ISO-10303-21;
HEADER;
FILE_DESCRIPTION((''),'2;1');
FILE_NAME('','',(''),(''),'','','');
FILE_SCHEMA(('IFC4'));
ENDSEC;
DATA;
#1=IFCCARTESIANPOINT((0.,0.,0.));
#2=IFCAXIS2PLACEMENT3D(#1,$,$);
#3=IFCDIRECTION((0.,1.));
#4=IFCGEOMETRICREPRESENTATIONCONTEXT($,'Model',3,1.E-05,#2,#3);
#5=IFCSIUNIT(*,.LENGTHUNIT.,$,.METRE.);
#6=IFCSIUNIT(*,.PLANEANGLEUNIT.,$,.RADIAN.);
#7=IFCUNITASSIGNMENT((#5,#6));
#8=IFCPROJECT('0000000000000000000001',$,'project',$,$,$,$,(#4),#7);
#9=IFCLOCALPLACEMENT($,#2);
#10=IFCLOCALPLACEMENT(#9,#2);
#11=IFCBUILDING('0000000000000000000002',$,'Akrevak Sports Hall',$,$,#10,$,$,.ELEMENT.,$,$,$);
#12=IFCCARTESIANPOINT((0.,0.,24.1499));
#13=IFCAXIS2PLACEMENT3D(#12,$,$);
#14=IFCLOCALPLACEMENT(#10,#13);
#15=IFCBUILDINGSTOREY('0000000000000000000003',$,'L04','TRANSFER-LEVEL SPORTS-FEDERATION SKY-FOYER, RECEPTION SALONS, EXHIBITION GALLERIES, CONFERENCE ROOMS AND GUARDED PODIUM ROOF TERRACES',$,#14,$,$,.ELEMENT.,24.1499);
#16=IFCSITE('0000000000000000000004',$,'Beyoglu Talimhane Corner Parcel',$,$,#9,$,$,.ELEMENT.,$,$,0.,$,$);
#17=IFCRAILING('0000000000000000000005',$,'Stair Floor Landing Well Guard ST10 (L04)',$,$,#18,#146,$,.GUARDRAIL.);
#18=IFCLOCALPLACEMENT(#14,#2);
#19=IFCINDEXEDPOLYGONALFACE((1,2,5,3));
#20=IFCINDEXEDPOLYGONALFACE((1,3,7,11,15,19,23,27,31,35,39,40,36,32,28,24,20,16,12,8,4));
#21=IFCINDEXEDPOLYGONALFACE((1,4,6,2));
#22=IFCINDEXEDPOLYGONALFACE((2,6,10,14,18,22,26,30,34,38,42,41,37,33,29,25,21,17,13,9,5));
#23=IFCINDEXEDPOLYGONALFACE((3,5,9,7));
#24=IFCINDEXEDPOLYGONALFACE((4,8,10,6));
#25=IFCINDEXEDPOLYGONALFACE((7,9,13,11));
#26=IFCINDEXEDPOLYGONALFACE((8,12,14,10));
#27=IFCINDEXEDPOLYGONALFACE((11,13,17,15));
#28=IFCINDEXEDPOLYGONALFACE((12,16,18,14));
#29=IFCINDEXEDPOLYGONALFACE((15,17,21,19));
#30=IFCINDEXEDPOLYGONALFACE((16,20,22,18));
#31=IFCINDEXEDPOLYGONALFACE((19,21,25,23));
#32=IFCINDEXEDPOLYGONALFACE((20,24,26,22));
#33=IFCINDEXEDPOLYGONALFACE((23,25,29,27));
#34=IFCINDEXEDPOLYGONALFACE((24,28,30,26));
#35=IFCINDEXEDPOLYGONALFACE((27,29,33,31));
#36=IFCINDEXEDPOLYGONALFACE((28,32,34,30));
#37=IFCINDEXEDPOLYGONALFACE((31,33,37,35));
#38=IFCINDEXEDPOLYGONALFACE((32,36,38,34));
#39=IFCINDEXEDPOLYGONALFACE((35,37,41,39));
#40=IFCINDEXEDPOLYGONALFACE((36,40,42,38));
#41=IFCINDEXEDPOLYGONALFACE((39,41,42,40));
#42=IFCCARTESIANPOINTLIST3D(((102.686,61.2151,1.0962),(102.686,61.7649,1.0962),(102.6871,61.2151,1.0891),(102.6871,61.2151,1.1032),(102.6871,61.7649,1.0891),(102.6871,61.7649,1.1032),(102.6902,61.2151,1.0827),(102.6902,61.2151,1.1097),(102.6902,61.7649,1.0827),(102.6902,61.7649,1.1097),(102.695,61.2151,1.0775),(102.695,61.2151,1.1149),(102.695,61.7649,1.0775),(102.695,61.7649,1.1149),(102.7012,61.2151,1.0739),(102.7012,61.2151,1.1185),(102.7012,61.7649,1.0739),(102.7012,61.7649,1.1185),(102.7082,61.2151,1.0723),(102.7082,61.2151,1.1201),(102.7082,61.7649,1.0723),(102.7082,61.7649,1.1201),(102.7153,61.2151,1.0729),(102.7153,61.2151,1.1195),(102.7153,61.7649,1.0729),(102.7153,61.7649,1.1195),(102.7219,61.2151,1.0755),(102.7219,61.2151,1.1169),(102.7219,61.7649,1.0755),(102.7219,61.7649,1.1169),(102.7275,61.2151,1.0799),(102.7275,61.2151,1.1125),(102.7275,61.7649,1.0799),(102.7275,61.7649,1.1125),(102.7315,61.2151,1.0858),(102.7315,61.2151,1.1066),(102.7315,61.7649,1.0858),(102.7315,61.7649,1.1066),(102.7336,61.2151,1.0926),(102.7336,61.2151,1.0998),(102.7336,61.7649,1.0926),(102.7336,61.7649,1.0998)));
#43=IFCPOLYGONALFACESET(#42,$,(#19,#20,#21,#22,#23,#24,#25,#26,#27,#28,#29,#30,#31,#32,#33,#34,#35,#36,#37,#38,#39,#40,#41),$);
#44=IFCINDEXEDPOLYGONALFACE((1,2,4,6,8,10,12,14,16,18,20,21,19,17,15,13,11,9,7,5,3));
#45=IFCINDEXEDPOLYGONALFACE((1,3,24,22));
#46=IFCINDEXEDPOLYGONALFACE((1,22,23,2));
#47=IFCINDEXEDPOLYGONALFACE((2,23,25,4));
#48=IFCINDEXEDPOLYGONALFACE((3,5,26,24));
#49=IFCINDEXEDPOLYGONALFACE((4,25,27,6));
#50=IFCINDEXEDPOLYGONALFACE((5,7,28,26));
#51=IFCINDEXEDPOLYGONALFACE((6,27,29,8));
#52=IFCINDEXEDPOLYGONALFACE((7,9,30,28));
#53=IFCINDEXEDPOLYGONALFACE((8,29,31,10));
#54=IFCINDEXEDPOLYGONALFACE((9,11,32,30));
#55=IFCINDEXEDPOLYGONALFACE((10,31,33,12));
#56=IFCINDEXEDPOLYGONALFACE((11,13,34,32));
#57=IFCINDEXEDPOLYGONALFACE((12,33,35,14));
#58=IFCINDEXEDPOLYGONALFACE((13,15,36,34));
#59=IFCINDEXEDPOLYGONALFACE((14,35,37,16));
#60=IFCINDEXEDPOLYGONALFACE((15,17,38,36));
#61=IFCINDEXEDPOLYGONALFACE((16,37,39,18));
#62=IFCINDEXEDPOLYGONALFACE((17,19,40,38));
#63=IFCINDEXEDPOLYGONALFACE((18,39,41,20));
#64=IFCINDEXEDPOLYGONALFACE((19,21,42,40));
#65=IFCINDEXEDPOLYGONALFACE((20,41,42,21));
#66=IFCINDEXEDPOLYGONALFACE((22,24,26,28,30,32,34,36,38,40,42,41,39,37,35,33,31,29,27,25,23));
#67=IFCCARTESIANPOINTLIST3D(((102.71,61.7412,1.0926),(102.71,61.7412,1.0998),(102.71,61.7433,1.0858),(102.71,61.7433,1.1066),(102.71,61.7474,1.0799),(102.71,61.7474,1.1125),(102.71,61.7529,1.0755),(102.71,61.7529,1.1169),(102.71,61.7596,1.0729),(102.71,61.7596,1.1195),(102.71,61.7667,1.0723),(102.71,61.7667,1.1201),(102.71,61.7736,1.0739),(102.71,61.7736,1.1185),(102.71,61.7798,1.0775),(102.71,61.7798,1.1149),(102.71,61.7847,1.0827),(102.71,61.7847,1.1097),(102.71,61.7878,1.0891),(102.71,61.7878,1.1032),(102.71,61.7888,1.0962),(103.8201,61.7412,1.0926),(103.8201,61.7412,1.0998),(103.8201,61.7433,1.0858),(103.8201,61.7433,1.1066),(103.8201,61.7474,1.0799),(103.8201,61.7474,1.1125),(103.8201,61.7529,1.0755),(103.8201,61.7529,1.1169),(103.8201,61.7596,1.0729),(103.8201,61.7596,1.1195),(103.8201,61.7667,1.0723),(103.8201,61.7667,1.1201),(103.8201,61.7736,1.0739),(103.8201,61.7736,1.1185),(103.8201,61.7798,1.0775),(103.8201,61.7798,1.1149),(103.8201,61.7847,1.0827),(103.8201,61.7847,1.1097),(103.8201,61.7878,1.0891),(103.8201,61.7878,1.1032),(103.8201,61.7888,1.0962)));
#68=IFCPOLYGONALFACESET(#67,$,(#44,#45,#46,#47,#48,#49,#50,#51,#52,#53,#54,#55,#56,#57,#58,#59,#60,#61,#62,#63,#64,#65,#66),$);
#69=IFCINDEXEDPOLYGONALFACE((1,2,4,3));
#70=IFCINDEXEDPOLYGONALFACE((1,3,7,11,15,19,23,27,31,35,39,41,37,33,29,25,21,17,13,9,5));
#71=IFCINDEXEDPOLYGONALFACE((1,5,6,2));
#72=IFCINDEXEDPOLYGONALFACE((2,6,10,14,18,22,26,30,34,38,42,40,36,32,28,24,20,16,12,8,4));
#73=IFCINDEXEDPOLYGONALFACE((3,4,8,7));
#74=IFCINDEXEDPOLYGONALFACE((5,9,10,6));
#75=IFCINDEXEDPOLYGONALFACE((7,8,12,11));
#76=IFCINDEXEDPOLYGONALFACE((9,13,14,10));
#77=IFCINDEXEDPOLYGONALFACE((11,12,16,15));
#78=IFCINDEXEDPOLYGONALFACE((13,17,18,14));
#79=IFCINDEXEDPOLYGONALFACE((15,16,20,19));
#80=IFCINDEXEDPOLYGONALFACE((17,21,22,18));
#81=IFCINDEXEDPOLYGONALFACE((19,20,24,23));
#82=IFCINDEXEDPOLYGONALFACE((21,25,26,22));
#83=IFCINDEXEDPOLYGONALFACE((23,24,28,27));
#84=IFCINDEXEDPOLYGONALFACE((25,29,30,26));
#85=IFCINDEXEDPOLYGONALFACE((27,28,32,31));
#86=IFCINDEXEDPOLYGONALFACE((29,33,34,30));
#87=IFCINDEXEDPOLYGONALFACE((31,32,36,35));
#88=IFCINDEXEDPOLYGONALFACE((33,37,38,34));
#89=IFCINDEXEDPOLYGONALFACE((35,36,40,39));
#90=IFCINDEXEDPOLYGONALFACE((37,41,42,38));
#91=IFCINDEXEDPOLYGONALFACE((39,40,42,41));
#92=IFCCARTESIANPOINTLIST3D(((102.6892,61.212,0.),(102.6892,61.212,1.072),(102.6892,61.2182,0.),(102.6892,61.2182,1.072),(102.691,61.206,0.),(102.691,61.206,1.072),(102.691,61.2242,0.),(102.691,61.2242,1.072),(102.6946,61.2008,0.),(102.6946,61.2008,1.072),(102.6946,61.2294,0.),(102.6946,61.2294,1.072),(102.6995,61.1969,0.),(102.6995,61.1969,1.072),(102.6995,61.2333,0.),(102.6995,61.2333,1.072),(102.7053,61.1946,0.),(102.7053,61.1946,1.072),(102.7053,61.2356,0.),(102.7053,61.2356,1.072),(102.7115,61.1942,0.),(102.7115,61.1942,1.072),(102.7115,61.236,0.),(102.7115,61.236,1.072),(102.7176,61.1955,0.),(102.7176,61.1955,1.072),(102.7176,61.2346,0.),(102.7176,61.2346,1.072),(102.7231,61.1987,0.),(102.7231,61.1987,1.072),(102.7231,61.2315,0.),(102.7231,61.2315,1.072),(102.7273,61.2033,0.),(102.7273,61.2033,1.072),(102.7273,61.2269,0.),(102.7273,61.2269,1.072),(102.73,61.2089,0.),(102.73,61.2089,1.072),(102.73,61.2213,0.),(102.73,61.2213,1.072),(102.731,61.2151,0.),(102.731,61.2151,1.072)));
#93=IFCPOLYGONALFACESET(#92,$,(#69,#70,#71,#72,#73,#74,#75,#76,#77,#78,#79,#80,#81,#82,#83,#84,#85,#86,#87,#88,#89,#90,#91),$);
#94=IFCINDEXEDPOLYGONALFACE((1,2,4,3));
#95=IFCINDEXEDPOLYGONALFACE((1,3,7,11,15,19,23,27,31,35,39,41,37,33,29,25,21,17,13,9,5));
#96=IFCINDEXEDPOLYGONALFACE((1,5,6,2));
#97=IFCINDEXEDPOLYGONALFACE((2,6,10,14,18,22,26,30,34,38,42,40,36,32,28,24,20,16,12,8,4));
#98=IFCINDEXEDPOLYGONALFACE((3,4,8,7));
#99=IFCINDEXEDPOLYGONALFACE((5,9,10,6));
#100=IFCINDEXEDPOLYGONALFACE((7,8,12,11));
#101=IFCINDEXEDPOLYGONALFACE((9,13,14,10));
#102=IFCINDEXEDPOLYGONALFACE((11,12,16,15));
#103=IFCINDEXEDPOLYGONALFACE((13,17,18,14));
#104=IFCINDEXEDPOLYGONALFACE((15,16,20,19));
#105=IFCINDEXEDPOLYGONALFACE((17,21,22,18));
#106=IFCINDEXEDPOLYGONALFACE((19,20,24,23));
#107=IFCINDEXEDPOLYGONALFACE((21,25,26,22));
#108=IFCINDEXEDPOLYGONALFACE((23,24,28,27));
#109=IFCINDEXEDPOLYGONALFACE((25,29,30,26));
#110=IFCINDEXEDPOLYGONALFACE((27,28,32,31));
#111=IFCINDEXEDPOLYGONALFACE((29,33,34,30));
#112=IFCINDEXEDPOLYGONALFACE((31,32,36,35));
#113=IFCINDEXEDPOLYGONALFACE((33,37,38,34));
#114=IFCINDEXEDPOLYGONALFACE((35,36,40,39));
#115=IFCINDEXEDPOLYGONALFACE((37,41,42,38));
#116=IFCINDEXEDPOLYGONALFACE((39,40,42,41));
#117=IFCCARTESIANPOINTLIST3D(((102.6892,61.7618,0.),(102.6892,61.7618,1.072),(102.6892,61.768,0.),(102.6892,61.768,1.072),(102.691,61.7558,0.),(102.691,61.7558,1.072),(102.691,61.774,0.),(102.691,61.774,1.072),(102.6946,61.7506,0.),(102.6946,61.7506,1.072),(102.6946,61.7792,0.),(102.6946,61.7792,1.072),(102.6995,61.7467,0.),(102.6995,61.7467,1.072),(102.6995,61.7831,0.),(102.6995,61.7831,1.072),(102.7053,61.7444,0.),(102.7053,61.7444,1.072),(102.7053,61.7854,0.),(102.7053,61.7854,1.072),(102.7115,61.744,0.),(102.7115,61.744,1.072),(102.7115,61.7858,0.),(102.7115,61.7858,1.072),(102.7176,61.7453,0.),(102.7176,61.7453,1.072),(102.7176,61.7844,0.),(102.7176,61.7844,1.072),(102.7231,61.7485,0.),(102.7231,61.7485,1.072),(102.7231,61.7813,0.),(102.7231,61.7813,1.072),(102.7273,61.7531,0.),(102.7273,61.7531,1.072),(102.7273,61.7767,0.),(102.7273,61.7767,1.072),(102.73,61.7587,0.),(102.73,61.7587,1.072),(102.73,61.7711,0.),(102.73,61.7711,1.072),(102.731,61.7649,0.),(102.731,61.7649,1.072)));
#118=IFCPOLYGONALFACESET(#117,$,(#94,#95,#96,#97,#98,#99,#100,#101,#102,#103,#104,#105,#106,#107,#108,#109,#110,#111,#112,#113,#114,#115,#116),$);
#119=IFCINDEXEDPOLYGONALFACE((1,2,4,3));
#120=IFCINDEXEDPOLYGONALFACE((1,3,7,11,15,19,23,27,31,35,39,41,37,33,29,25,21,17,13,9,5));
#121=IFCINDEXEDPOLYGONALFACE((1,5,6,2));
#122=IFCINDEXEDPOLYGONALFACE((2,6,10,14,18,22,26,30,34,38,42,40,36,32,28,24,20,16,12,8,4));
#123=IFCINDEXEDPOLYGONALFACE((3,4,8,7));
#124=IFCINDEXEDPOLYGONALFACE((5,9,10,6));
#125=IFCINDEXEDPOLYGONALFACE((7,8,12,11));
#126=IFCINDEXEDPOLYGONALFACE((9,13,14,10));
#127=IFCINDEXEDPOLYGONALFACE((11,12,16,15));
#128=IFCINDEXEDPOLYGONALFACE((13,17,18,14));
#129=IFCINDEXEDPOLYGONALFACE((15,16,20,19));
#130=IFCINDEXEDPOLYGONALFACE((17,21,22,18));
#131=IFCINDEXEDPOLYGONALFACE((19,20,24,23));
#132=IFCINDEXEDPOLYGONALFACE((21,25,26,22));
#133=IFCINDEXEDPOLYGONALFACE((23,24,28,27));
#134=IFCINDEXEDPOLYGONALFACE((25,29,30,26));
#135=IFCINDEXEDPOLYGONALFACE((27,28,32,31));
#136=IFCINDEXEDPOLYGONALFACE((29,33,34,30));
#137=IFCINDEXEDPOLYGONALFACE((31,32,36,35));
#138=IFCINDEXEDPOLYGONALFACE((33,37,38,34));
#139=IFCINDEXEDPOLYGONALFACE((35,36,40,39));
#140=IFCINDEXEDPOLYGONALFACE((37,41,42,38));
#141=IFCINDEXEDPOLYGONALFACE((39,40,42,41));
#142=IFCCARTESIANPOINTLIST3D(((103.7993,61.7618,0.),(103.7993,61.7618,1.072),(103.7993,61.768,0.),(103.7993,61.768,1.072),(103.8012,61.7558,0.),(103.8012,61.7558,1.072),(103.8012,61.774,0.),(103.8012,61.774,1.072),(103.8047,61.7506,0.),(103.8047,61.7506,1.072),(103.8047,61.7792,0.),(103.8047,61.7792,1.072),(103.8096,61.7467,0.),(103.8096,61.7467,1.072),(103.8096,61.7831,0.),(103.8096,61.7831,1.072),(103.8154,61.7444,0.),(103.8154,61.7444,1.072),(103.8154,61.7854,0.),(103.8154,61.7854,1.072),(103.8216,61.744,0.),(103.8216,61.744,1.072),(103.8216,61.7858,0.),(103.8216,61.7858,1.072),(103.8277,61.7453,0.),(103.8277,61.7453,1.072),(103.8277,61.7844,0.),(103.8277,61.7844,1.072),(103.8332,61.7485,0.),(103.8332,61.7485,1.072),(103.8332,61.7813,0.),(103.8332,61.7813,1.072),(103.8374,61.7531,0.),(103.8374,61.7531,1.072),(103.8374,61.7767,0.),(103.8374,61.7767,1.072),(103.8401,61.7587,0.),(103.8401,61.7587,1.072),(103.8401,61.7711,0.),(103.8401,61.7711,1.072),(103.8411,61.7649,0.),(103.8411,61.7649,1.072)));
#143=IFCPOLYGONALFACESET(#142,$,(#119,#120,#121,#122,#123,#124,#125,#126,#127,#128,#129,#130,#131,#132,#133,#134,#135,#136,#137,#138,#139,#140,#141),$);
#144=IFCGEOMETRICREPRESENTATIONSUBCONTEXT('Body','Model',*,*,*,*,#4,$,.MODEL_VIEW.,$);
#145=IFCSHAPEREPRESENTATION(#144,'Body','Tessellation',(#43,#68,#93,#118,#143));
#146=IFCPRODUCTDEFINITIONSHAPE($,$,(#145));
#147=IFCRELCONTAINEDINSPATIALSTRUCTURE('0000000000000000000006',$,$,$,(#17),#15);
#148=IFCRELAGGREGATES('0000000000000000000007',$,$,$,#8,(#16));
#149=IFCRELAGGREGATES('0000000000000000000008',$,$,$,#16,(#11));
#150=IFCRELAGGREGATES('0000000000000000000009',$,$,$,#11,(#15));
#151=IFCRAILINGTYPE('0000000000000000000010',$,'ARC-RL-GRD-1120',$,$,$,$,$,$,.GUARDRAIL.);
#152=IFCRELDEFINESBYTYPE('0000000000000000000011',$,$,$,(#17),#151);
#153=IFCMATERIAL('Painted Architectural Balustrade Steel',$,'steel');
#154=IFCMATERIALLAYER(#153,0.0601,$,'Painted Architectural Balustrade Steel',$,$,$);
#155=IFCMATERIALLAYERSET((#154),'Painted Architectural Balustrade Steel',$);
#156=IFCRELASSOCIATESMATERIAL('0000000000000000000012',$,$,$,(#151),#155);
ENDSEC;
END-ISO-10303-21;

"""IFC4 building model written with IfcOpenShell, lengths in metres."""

from ifc_helpers import new_model, si_unit, direction, frame, origin, origin_2d, place, context, subcontext, project, spatial, circle, extrude, material, layer, layer_set, type_object, element, save


model = new_model("IFC4")

# Units and contexts
model_context = context("Model", 3, precision=1e-05, world=origin(), true_north=direction((0.0, 1.0)))
body_context = subcontext(model_context, "Body", "Model", "MODEL_VIEW")
ifc_project = project(units=[si_unit("LENGTHUNIT", "METRE"), si_unit("PLANEANGLEUNIT", "RADIAN")], contexts=[model_context])

# Site, building, storey
site_placement = place(None, origin())
site = spatial("IfcSite", under=ifc_project, at=site_placement, Name="Beyoglu Talimhane Corner Parcel", CompositionType="ELEMENT", RefElevation=0.0)
building_placement = place(site_placement, origin())
building = spatial("IfcBuilding", under=site, at=building_placement, Name="Akrevak Sports Hall", CompositionType="ELEMENT")
storey_placement = place(building_placement, frame((0.0, 0.0, 24.1499)))
storey = spatial("IfcBuildingStorey", under=building, at=storey_placement, Name="L04", Description="TRANSFER-LEVEL SPORTS-FEDERATION SKY-FOYER, RECEPTION SALONS, EXHIBITION GALLERIES, CONFERENCE ROOMS AND GUARDED PODIUM ROOF TERRACES", CompositionType="ELEMENT", Elevation=24.1499)

# Railing
ifc_material_1 = material(Name="Painted Architectural Balustrade Steel", Category="steel")
ifc_layer_1 = layer(ifc_material_1, 0.0601, Name="Painted Architectural Balustrade Steel")
ifc_layer_set_1 = layer_set([ifc_layer_1], Name="Painted Architectural Balustrade Steel")
railing_type_1 = type_object("IfcRailingType", Name="ARC-RL-GRD-1120", PredefinedType="GUARDRAIL", material=ifc_layer_set_1)
for number, where, name in (
    (1, (102.71, 61.2151, 0.0), "Stair Floor Landing Well Guard ST10 (L04)"),
):
    element("IfcRailing", number, at=place(storey_placement, frame(where)), inside=storey, type_object=railing_type_1, Name=name, PredefinedType="GUARDRAIL", context=body_context, shape_type="SweptSolid", body=[
        extrude(circle(Radius=0.0239, at=origin_2d()), frame((0.0, 0.0, 1.0962), z_axis=(0.0, 1.0, 0.0), x_axis=(-1.0, 0.0, 0.0)), (0.0, 0.0, 1.0), 0.5498),
        extrude(circle(Radius=0.0239, at=origin_2d()), frame((0.0, 0.5498, 1.0962), z_axis=(1.0, 0.0, 0.0), x_axis=(0.0, 1.0, 0.0)), (0.0, 0.0, 1.0), 1.1101),
        extrude(circle(Radius=0.021, at=origin_2d()), origin(), (0.0, 0.0, 1.0), 1.072),
        extrude(circle(Radius=0.021, at=origin_2d()), frame((0.0, 0.5498, 0.0)), (0.0, 0.0, 1.0), 1.072),
        extrude(circle(Radius=0.021, at=origin_2d()), frame((1.1101, 0.5498, 0.0)), (0.0, 0.0, 1.0), 1.072),
    ])

save(model, "model.ifc")
